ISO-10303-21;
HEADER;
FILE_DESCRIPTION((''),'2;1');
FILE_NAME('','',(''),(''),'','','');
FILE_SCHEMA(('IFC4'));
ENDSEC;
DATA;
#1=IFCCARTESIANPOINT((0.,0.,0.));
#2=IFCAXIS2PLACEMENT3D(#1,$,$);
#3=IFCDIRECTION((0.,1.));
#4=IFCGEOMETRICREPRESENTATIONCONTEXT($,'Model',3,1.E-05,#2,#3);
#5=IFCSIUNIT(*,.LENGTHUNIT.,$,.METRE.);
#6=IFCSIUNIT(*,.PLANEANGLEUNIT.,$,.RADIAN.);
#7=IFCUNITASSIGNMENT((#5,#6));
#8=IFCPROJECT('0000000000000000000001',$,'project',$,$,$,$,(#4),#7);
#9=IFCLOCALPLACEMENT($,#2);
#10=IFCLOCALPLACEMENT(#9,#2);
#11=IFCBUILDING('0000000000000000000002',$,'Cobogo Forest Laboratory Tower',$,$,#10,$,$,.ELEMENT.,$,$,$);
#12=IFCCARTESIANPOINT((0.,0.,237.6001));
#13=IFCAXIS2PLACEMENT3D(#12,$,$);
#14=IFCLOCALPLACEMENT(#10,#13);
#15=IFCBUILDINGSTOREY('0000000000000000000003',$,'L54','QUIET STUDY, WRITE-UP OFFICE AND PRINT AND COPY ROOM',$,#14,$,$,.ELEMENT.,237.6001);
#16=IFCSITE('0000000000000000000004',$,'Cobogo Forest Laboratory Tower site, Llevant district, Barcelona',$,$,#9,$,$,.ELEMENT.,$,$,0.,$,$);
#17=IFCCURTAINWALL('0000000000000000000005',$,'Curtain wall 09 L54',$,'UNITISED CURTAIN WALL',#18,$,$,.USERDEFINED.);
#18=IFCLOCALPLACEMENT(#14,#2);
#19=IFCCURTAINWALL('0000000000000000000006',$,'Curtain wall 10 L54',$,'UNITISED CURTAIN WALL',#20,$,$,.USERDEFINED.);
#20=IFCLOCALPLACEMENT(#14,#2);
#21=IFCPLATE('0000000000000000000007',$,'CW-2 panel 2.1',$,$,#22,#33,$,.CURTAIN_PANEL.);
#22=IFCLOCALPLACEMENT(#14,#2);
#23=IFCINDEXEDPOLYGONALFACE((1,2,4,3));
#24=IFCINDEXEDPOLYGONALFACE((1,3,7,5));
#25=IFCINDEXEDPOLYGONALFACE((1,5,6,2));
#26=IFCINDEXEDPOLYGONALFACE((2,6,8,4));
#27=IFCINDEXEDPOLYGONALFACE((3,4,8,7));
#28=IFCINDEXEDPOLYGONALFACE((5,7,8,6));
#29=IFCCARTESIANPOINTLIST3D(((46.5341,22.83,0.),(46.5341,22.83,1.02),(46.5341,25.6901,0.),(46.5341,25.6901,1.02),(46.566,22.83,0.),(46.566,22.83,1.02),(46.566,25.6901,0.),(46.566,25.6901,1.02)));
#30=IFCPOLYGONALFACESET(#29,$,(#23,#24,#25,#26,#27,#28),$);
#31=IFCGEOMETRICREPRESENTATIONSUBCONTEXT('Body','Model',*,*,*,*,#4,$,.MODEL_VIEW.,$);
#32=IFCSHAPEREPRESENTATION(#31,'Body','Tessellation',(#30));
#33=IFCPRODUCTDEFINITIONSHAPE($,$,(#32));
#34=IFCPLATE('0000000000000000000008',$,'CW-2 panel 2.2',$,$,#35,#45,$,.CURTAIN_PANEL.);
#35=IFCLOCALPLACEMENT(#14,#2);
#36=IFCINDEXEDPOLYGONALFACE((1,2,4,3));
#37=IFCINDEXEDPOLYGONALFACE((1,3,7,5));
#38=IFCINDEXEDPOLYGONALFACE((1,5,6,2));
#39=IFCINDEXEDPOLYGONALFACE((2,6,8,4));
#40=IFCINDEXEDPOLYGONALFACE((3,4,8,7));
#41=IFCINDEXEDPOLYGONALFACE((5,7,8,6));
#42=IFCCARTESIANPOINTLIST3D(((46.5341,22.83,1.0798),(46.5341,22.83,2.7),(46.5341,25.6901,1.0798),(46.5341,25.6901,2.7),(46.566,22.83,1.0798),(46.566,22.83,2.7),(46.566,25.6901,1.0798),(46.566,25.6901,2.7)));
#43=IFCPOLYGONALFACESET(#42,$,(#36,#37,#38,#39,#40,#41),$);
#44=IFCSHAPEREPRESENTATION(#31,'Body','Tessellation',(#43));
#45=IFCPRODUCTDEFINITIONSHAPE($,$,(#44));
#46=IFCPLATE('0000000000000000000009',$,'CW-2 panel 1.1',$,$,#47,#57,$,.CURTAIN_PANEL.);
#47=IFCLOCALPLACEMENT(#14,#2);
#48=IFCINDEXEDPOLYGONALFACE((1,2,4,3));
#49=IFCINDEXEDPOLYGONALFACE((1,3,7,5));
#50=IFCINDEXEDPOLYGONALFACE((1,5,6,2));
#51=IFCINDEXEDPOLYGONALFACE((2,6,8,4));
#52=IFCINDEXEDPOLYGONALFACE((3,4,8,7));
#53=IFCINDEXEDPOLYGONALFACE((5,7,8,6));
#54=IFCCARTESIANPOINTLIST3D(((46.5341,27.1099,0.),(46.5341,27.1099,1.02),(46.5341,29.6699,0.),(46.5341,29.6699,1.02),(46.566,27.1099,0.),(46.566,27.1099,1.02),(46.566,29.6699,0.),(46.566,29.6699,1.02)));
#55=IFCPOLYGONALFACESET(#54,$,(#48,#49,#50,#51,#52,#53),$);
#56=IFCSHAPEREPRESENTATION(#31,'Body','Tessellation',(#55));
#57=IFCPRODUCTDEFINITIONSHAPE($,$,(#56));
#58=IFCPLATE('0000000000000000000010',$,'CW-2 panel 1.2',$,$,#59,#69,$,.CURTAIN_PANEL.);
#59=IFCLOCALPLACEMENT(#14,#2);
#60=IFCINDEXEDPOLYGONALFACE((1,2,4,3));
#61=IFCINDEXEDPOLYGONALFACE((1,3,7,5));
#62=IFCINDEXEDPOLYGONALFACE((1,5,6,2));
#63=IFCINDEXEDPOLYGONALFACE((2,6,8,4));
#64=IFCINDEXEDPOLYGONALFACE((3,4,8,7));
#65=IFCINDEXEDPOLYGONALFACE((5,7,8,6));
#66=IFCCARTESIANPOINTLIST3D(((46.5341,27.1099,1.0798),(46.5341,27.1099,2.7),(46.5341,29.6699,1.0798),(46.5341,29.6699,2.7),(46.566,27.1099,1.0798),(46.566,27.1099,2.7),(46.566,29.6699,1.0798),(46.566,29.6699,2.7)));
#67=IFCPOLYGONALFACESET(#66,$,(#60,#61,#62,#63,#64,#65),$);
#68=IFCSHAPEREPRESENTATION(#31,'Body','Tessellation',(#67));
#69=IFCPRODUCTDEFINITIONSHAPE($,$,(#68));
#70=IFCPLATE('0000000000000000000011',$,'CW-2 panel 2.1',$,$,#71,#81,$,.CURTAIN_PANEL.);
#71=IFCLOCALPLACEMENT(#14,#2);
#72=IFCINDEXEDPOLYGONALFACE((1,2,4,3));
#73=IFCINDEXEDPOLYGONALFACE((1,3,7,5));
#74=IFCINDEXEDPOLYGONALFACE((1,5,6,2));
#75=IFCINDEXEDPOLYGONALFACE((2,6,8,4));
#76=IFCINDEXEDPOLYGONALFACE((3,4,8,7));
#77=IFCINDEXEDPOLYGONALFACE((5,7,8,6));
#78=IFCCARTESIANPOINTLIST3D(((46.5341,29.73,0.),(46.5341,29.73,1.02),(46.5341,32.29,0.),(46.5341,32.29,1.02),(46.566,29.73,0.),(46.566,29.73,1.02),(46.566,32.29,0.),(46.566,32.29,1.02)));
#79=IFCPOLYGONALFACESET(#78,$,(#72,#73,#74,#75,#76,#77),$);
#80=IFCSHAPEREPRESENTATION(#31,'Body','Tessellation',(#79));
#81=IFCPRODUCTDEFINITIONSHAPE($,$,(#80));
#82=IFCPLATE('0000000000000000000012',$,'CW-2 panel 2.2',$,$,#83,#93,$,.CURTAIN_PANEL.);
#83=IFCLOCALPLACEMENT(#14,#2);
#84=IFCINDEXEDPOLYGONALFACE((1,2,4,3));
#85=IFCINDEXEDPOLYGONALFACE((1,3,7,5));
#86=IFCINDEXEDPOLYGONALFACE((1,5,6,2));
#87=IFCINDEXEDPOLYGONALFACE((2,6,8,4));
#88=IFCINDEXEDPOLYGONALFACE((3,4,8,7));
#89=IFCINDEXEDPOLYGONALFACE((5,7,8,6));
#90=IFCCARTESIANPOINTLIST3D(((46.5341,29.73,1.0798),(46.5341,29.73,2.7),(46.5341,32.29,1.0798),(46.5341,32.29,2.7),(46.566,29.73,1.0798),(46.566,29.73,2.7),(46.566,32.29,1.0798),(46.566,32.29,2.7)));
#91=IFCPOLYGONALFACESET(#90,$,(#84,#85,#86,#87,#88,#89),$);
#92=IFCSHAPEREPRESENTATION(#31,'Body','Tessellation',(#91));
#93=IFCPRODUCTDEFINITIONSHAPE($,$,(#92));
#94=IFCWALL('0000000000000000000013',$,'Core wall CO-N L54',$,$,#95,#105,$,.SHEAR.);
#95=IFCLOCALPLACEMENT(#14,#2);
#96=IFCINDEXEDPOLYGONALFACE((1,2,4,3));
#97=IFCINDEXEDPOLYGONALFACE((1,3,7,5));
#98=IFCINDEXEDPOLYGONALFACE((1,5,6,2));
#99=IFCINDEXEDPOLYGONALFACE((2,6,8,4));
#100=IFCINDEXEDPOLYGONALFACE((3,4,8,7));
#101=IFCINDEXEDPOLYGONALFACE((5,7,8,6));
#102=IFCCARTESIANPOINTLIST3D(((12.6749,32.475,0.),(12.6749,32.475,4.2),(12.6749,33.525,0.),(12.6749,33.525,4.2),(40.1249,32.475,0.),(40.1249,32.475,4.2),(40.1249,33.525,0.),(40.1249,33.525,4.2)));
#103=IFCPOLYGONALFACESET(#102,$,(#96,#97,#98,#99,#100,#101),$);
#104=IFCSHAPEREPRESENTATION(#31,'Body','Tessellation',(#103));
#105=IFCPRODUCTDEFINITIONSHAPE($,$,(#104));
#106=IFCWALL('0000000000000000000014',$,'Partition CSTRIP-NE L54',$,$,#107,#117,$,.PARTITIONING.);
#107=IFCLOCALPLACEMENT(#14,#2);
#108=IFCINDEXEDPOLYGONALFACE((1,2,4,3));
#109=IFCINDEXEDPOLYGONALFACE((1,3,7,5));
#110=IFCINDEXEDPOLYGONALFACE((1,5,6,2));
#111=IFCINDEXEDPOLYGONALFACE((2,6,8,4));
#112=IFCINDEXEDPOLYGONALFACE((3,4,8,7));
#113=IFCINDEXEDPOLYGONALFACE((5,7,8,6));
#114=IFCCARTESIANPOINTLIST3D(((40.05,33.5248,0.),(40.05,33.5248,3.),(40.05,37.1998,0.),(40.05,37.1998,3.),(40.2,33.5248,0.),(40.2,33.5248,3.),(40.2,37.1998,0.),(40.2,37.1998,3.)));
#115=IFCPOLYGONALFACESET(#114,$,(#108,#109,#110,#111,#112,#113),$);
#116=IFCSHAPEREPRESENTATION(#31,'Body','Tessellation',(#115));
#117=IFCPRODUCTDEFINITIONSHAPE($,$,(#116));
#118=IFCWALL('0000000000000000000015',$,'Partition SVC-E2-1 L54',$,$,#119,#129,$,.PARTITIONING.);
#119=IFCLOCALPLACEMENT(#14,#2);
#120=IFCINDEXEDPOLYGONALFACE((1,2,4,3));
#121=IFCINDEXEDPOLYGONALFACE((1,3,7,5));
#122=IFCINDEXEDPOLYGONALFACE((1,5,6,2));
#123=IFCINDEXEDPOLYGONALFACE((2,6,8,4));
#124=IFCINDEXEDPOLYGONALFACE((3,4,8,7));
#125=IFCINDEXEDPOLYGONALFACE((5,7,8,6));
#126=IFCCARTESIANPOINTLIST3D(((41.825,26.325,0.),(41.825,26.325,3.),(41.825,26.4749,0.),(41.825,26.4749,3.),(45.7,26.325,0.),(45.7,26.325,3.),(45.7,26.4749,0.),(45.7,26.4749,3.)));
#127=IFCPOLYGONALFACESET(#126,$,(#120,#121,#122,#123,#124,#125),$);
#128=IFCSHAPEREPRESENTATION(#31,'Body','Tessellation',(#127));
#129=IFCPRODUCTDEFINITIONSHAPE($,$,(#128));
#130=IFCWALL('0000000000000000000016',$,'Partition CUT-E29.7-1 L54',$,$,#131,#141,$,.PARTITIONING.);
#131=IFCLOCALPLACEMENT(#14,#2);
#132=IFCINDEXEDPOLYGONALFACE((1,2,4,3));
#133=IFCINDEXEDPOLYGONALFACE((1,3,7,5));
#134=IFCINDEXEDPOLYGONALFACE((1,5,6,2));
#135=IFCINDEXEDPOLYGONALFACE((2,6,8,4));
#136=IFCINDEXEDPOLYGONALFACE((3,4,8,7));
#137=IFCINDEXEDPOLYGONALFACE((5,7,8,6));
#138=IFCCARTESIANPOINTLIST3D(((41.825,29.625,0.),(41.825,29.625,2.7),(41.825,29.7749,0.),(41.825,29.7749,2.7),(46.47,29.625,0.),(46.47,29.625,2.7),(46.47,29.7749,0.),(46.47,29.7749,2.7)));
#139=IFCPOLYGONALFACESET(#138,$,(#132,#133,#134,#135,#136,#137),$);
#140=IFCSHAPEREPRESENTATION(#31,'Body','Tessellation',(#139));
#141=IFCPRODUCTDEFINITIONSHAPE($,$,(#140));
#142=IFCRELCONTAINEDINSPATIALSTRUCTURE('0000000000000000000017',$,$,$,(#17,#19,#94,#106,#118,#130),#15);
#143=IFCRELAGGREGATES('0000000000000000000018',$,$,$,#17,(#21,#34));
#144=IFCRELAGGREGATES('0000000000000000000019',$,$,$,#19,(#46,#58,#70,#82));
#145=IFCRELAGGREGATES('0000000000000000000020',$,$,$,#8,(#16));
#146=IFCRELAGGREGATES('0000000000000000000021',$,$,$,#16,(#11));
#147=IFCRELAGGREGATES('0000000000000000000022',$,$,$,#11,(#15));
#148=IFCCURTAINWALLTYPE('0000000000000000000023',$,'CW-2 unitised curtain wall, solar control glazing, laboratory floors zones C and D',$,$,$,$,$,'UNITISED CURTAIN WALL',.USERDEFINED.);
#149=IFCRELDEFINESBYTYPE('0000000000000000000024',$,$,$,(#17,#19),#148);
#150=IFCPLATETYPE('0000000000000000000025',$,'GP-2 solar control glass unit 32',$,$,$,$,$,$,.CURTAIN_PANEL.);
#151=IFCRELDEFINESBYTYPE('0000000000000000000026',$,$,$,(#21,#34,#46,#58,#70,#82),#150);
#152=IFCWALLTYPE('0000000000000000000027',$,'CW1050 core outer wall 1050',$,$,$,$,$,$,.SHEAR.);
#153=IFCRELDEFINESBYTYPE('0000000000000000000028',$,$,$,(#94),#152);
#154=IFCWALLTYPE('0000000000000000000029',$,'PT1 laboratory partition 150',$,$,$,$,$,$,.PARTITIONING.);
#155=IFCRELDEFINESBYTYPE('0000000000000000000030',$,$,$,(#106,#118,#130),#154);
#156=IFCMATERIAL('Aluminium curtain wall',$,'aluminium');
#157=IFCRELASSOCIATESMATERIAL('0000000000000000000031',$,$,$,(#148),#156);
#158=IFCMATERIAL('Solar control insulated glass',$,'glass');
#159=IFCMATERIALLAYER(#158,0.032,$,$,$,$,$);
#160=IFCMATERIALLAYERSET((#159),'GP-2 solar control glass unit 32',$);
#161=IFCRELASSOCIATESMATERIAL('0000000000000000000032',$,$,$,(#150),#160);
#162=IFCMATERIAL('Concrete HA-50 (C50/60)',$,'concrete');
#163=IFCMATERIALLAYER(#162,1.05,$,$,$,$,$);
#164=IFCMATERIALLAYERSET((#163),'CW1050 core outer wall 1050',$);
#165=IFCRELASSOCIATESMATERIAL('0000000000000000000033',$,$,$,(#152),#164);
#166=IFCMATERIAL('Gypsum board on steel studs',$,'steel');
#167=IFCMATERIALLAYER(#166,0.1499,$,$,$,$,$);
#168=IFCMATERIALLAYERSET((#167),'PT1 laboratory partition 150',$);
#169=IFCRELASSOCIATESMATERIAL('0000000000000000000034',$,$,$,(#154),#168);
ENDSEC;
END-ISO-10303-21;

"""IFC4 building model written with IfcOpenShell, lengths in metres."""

from ifc_helpers import new_model, si_unit, direction, frame, frame_2d, origin, origin_2d, place, context, subcontext, project, spatial, rectangle, extrude, material, layer, layer_set, type_object, element, aggregate, save


model = new_model("IFC4")

# Units and contexts
model_context = context("Model", 3, precision=1e-05, world=origin(), true_north=direction((0.0, 1.0)))
body_context = subcontext(model_context, "Body", "Model", "MODEL_VIEW")
ifc_project = project(units=[si_unit("LENGTHUNIT", "METRE"), si_unit("PLANEANGLEUNIT", "RADIAN")], contexts=[model_context])

# Site, building, storey
site_placement = place(None, origin())
site = spatial("IfcSite", under=ifc_project, at=site_placement, Name="Cobogo Forest Laboratory Tower site, Llevant district, Barcelona", CompositionType="ELEMENT", RefElevation=0.0)
building_placement = place(site_placement, origin())
building = spatial("IfcBuilding", under=site, at=building_placement, Name="Cobogo Forest Laboratory Tower", CompositionType="ELEMENT")
storey_placement = place(building_placement, frame((0.0, 0.0, 237.6001)))
storey = spatial("IfcBuildingStorey", under=building, at=storey_placement, Name="L54", Description="QUIET STUDY, WRITE-UP OFFICE AND PRINT AND COPY ROOM", CompositionType="ELEMENT", Elevation=237.6001)

# Shared definitions
ifc_material_1 = material(Name="Concrete HA-50 (C50/60)", Category="concrete")

# Curtain wall
ifc_material_2 = material(Name="Aluminium curtain wall", Category="aluminium")
curtain_wall_type = type_object("IfcCurtainWallType", Name="CW-2 unitised curtain wall, solar control glazing, laboratory floors zones C and D", ElementType="UNITISED CURTAIN WALL", PredefinedType="USERDEFINED", material=ifc_material_2)
curtain_wall_1_placement = place(storey_placement, origin())
curtain_wall_1 = element("IfcCurtainWall", 1, at=curtain_wall_1_placement, inside=storey, type_object=curtain_wall_type, Name="Curtain wall 09 L54", ObjectType="UNITISED CURTAIN WALL", PredefinedType="USERDEFINED")

# Curtain wall
curtain_wall_2_placement = place(storey_placement, origin())
curtain_wall_2 = element("IfcCurtainWall", 2, at=curtain_wall_2_placement, inside=storey, type_object=curtain_wall_type, Name="Curtain wall 10 L54", ObjectType="UNITISED CURTAIN WALL", PredefinedType="USERDEFINED")

# Plates
ifc_material_3 = material(Name="Solar control insulated glass", Category="glass")
ifc_layer_1 = layer(ifc_material_3, 0.032)
ifc_layer_set_1 = layer_set([ifc_layer_1], Name="GP-2 solar control glass unit 32")
plate_type_1 = type_object("IfcPlateType", Name="GP-2 solar control glass unit 32", PredefinedType="CURTAIN_PANEL", material=ifc_layer_set_1)
plate_1_placement = place(storey_placement, frame((46.55, 24.26, 0.0), z_axis=(0.0, 0.0, 1.0), x_axis=(0.0, 1.0, 0.0)))
plate_1 = element("IfcPlate", 3, at=plate_1_placement, type_object=plate_type_1, Name="CW-2 panel 2.1", PredefinedType="CURTAIN_PANEL", context=body_context, shape_type="SweptSolid", body=[
    extrude(rectangle(XDim=2.8601, YDim=0.032, at=origin_2d()), origin(), (0.0, 0.0, 1.0), 1.02),
])
plate_2_placement = place(storey_placement, frame((46.55, 24.26, 1.0798), z_axis=(0.0, 0.0, 1.0), x_axis=(0.0, 1.0, 0.0)))
plate_2 = element("IfcPlate", 4, at=plate_2_placement, type_object=plate_type_1, Name="CW-2 panel 2.2", PredefinedType="CURTAIN_PANEL", context=body_context, shape_type="SweptSolid", body=[
    extrude(rectangle(XDim=2.8601, YDim=0.032, at=origin_2d()), origin(), (0.0, 0.0, 1.0), 1.6201),
])
aggregate(curtain_wall_1, [plate_1, plate_2])
plate_3_placement = place(storey_placement, frame((46.55, 28.3899, 0.0), z_axis=(0.0, 0.0, 1.0), x_axis=(0.0, 1.0, 0.0)))
plate_3 = element("IfcPlate", 5, at=plate_3_placement, type_object=plate_type_1, Name="CW-2 panel 1.1", PredefinedType="CURTAIN_PANEL", context=body_context, shape_type="SweptSolid", body=[
    extrude(rectangle(XDim=2.5601, YDim=0.032, at=origin_2d()), origin(), (0.0, 0.0, 1.0), 1.02),
])
plate_4_placement = place(storey_placement, frame((46.55, 28.3899, 1.0798), z_axis=(0.0, 0.0, 1.0), x_axis=(0.0, 1.0, 0.0)))
plate_4 = element("IfcPlate", 6, at=plate_4_placement, type_object=plate_type_1, Name="CW-2 panel 1.2", PredefinedType="CURTAIN_PANEL", context=body_context, shape_type="SweptSolid", body=[
    extrude(rectangle(XDim=2.5601, YDim=0.032, at=origin_2d()), origin(), (0.0, 0.0, 1.0), 1.6201),
])
plate_5_placement = place(storey_placement, frame((46.55, 31.01, 0.0), z_axis=(0.0, 0.0, 1.0), x_axis=(0.0, 1.0, 0.0)))
plate_5 = element("IfcPlate", 7, at=plate_5_placement, type_object=plate_type_1, Name="CW-2 panel 2.1", PredefinedType="CURTAIN_PANEL", context=body_context, shape_type="SweptSolid", body=[
    extrude(rectangle(XDim=2.5601, YDim=0.032, at=origin_2d()), origin(), (0.0, 0.0, 1.0), 1.02),
])
plate_6_placement = place(storey_placement, frame((46.55, 31.01, 1.0798), z_axis=(0.0, 0.0, 1.0), x_axis=(0.0, 1.0, 0.0)))
plate_6 = element("IfcPlate", 8, at=plate_6_placement, type_object=plate_type_1, Name="CW-2 panel 2.2", PredefinedType="CURTAIN_PANEL", context=body_context, shape_type="SweptSolid", body=[
    extrude(rectangle(XDim=2.5601, YDim=0.032, at=origin_2d()), origin(), (0.0, 0.0, 1.0), 1.6201),
])
aggregate(curtain_wall_2, [plate_3, plate_4, plate_5, plate_6])

# Walls
ifc_layer_2 = layer(ifc_material_1, 1.05)
ifc_layer_set_2 = layer_set([ifc_layer_2], Name="CW1050 core outer wall 1050")
wall_type_1 = type_object("IfcWallType", Name="CW1050 core outer wall 1050", PredefinedType="SHEAR", material=ifc_layer_set_2)
wall_1_placement = place(storey_placement, frame((40.125, 33.0, 0.0), z_axis=(0.0, 0.0, 1.0), x_axis=(-1.0, 0.0, 0.0)))
element("IfcWall", 9, at=wall_1_placement, inside=storey, type_object=wall_type_1, Name="Core wall CO-N L54", PredefinedType="SHEAR", context=body_context, shape_type="SweptSolid", body=[
    extrude(rectangle(XDim=27.45, YDim=1.05, at=frame_2d((13.7251, 0.0))), origin(), (0.0, 0.0, 1.0), 4.2),
])
ifc_material_4 = material(Name="Gypsum board on steel studs", Category="steel")
ifc_layer_3 = layer(ifc_material_4, 0.1499)
ifc_layer_set_3 = layer_set([ifc_layer_3], Name="PT1 laboratory partition 150")
wall_type_2 = type_object("IfcWallType", Name="PT1 laboratory partition 150", PredefinedType="PARTITIONING", material=ifc_layer_set_3)
wall_2_placement = place(storey_placement, frame((40.125, 33.5249, 0.0), z_axis=(0.0, 0.0, 1.0), x_axis=(0.0, 1.0, 0.0)))
element("IfcWall", 10, at=wall_2_placement, inside=storey, type_object=wall_type_2, Name="Partition CSTRIP-NE L54", PredefinedType="PARTITIONING", context=body_context, shape_type="SweptSolid", body=[
    extrude(rectangle(XDim=3.675, YDim=0.1499, at=frame_2d((1.8374, 0.0))), origin(), (0.0, 0.0, 1.0), 3.0),
])
wall_3_placement = place(storey_placement, frame((45.7, 26.3999, 0.0), z_axis=(0.0, 0.0, 1.0), x_axis=(-1.0, 0.0, 0.0)))
element("IfcWall", 11, at=wall_3_placement, inside=storey, type_object=wall_type_2, Name="Partition SVC-E2-1 L54", PredefinedType="PARTITIONING", context=body_context, shape_type="SweptSolid", body=[
    extrude(rectangle(XDim=3.875, YDim=0.1499, at=frame_2d((1.9375, 0.0))), origin(), (0.0, 0.0, 1.0), 3.0),
])
wall_4_placement = place(storey_placement, frame((46.47, 29.7, 0.0), z_axis=(0.0, 0.0, 1.0), x_axis=(-1.0, 0.0, 0.0)))
element("IfcWall", 12, at=wall_4_placement, inside=storey, type_object=wall_type_2, Name="Partition CUT-E29.7-1 L54", PredefinedType="PARTITIONING", context=body_context, shape_type="SweptSolid", body=[
    extrude(rectangle(XDim=4.645, YDim=0.1499, at=frame_2d((2.3225, 0.0))), origin(), (0.0, 0.0, 1.0), 2.7),
])

save(model, "model.ifc")
